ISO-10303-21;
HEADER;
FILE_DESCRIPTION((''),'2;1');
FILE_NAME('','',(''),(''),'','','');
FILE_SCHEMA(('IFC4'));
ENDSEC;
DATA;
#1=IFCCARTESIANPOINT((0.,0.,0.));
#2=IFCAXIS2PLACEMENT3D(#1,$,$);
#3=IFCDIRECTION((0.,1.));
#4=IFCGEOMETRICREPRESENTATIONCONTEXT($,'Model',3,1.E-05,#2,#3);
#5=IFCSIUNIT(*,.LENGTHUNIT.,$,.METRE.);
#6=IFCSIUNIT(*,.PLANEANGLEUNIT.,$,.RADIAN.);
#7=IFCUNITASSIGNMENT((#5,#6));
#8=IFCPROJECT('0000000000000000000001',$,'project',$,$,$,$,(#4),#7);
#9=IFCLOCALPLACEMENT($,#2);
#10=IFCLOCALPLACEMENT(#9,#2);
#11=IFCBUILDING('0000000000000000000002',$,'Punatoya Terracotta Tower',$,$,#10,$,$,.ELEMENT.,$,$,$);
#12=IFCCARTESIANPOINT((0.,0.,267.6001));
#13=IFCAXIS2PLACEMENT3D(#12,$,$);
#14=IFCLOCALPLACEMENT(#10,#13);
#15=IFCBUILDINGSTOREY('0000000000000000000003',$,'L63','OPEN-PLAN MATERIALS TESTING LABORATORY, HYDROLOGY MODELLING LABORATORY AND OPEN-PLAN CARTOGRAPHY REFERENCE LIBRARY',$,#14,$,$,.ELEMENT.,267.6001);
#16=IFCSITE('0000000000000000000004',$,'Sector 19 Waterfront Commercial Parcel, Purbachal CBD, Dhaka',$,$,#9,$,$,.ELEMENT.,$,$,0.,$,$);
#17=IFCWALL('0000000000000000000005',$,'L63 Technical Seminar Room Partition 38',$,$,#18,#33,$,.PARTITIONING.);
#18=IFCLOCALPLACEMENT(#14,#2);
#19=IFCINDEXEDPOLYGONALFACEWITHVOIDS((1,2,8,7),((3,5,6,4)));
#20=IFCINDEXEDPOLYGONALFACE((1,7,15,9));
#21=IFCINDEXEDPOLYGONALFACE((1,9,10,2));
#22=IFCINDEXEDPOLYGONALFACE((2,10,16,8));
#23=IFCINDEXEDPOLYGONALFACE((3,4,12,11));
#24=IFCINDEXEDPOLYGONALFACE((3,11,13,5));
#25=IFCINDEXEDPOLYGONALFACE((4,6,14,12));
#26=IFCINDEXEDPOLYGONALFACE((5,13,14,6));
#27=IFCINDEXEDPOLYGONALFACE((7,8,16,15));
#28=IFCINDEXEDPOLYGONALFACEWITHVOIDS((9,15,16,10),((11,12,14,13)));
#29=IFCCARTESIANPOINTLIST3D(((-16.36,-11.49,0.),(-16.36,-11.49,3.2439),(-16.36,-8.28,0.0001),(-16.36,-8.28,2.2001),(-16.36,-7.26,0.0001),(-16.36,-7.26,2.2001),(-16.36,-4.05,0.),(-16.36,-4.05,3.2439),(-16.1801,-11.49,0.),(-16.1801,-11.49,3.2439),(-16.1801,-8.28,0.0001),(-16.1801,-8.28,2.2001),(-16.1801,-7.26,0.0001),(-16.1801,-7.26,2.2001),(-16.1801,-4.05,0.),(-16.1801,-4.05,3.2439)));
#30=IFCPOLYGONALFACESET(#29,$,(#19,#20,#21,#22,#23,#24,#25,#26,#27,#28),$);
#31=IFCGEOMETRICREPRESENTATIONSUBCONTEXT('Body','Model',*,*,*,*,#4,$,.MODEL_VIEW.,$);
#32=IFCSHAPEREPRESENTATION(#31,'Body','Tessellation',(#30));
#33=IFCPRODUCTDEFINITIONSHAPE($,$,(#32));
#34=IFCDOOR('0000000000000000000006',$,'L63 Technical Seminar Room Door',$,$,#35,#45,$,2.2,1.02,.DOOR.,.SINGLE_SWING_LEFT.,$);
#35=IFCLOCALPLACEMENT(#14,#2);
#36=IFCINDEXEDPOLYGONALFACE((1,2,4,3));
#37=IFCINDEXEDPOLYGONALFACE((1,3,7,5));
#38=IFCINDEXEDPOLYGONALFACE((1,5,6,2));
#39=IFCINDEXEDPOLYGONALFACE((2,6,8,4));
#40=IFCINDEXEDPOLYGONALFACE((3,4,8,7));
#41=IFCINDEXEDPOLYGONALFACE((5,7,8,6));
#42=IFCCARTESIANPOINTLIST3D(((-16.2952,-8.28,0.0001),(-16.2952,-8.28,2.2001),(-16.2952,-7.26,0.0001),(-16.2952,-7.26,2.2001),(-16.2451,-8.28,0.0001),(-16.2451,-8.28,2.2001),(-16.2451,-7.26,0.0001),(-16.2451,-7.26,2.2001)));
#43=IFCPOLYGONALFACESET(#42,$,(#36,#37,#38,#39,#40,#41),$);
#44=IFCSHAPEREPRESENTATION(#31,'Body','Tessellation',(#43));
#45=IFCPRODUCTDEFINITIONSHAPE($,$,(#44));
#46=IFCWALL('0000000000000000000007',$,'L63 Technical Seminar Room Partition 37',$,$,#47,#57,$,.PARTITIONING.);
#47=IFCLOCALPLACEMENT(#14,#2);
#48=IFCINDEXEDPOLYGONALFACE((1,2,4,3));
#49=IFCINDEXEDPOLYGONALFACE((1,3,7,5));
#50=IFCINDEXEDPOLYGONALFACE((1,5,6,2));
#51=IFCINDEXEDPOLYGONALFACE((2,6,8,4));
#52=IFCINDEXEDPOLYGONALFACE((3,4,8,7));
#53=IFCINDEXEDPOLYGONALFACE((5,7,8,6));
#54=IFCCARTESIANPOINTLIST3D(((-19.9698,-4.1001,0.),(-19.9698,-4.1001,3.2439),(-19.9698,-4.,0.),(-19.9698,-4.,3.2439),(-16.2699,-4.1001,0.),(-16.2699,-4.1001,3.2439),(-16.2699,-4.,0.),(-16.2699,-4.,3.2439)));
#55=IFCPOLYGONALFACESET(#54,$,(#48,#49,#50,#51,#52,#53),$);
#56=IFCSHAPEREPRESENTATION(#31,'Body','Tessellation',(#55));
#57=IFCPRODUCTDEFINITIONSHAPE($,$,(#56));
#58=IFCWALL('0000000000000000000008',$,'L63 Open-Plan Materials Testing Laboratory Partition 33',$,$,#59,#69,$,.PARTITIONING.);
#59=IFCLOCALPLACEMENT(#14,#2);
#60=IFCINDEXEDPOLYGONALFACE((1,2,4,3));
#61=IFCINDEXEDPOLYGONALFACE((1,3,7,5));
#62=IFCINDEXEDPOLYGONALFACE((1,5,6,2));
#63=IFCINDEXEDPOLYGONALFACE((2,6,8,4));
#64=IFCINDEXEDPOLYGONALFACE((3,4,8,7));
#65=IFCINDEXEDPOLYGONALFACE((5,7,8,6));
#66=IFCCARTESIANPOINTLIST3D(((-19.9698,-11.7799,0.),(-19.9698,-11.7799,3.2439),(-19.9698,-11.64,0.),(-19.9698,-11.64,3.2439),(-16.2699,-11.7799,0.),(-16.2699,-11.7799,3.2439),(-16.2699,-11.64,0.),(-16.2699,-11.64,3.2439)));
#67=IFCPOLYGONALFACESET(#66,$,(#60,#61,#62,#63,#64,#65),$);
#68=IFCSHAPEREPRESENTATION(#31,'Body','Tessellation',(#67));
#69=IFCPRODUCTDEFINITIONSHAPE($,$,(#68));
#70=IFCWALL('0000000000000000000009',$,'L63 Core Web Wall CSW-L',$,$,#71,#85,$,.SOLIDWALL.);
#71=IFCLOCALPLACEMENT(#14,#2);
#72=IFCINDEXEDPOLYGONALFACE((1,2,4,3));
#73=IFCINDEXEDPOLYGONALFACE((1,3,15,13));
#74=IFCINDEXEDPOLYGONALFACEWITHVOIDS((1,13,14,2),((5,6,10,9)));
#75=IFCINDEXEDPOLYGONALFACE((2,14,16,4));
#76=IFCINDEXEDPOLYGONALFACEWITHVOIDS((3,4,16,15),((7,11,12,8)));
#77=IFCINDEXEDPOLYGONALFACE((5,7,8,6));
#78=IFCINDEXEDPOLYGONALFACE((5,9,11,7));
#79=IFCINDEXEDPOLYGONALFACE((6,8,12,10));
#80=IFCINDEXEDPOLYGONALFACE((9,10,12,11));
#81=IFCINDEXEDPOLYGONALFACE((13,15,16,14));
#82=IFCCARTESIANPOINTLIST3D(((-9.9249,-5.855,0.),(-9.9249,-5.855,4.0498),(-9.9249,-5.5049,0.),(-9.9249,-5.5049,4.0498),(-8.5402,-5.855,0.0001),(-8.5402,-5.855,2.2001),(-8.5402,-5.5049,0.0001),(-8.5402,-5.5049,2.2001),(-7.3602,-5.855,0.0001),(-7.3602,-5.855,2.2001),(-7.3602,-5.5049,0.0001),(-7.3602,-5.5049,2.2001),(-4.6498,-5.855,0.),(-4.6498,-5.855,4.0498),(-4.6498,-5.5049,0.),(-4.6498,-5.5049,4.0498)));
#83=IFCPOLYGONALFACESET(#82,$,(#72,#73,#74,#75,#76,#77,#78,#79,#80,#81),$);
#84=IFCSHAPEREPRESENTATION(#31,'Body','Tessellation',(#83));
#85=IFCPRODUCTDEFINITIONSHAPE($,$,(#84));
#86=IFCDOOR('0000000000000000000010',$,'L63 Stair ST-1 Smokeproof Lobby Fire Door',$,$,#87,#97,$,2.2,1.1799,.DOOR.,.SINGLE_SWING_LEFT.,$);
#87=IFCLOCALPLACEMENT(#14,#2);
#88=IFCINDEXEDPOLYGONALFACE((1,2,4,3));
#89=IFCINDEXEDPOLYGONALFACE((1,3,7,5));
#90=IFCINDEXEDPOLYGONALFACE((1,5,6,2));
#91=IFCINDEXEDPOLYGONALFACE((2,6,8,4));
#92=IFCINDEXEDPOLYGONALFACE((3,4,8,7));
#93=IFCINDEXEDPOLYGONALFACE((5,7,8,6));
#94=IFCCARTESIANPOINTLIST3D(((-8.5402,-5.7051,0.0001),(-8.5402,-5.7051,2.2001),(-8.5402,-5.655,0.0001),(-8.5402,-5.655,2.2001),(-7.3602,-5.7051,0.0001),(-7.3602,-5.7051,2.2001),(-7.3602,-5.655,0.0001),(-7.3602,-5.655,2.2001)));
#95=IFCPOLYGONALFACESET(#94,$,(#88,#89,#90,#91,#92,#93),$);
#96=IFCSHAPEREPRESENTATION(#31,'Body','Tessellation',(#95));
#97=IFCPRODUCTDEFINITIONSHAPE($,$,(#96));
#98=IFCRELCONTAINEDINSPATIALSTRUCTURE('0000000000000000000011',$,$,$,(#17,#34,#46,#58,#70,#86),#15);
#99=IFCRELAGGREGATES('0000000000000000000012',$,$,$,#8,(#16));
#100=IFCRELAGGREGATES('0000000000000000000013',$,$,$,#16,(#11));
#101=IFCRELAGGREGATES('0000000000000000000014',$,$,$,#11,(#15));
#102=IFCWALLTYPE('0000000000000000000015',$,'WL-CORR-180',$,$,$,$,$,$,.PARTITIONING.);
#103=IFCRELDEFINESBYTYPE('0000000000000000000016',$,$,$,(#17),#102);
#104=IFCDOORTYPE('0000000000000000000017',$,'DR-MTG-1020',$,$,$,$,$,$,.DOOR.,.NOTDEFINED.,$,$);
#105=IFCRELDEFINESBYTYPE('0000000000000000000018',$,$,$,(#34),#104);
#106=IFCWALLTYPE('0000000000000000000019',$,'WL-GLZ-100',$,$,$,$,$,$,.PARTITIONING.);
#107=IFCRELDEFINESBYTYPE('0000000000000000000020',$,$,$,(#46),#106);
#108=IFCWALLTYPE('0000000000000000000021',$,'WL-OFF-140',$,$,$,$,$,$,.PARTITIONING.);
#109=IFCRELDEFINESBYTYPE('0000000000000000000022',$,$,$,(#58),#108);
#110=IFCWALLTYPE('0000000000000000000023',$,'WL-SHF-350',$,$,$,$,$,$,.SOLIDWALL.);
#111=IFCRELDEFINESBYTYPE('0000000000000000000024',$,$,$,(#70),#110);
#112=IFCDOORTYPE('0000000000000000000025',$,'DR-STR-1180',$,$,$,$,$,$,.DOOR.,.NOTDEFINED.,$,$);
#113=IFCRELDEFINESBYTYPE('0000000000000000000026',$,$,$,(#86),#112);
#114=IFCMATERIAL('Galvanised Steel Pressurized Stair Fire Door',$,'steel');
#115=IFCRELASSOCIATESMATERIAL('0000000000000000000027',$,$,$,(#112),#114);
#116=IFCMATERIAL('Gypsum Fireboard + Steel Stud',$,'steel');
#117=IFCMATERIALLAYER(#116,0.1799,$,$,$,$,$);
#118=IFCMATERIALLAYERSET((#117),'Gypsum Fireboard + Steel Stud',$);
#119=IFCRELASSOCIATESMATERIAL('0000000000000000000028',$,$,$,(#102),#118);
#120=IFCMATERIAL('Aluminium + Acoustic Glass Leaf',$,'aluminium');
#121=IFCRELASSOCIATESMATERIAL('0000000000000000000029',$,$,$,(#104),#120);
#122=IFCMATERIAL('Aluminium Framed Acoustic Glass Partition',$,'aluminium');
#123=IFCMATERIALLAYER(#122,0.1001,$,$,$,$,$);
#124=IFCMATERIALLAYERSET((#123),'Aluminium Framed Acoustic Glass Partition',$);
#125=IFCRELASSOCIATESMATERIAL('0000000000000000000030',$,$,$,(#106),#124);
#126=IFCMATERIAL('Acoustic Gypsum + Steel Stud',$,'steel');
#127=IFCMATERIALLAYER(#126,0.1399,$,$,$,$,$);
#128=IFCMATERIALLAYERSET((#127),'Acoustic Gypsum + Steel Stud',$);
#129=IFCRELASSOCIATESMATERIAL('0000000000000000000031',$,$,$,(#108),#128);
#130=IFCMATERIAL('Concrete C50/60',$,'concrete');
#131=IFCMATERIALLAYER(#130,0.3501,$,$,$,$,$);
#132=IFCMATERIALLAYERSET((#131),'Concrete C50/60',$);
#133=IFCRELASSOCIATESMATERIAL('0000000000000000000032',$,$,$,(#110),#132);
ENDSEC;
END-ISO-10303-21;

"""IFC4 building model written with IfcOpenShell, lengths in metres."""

from ifc_helpers import new_model, si_unit, direction, frame, frame_2d, origin, place, context, subcontext, project, spatial, rectangle, extrude, material, layer, layer_set, type_object, element, fill, save


model = new_model("IFC4")

# Units and contexts
model_context = context("Model", 3, precision=1e-05, world=origin(), true_north=direction((0.0, 1.0)))
body_context = subcontext(model_context, "Body", "Model", "MODEL_VIEW")
ifc_project = project(units=[si_unit("LENGTHUNIT", "METRE"), si_unit("PLANEANGLEUNIT", "RADIAN")], contexts=[model_context])

# Site, building, storey
site_placement = place(None, origin())
site = spatial("IfcSite", under=ifc_project, at=site_placement, Name="Sector 19 Waterfront Commercial Parcel, Purbachal CBD, Dhaka", CompositionType="ELEMENT", RefElevation=0.0)
building_placement = place(site_placement, origin())
building = spatial("IfcBuilding", under=site, at=building_placement, Name="Punatoya Terracotta Tower", CompositionType="ELEMENT")
storey_placement = place(building_placement, frame((0.0, 0.0, 267.6001)))
storey = spatial("IfcBuildingStorey", under=building, at=storey_placement, Name="L63", Description="OPEN-PLAN MATERIALS TESTING LABORATORY, HYDROLOGY MODELLING LABORATORY AND OPEN-PLAN CARTOGRAPHY REFERENCE LIBRARY", CompositionType="ELEMENT", Elevation=267.6001)

# Wall, opening, door
ifc_material_1 = material(Name="Concrete C50/60", Category="concrete")
ifc_material_2 = material(Name="Galvanised Steel Pressurized Stair Fire Door", Category="steel")
door_type_1 = type_object("IfcDoorType", Name="DR-STR-1180", OperationType="NOTDEFINED", PredefinedType="DOOR", material=ifc_material_2)
ifc_material_3 = material(Name="Gypsum Fireboard + Steel Stud", Category="steel")
ifc_layer_1 = layer(ifc_material_3, 0.1799)
ifc_layer_set_1 = layer_set([ifc_layer_1], Name="Gypsum Fireboard + Steel Stud")
wall_type_1 = type_object("IfcWallType", Name="WL-CORR-180", PredefinedType="PARTITIONING", material=ifc_layer_set_1)
wall_1_placement = place(storey_placement, frame((-16.27, -4.05, 0.0), z_axis=(0.0, 0.0, 1.0), x_axis=(0.0, -1.0, 0.0)))
wall_1 = element("IfcWall", 1, at=wall_1_placement, inside=storey, type_object=wall_type_1, Name="L63 Technical Seminar Room Partition 38", PredefinedType="PARTITIONING", context=body_context, shape_type="SweptSolid", body=[
    extrude(rectangle(XDim=7.4399, YDim=0.1799, at=frame_2d((3.72, 0.0))), origin(), (0.0, 0.0, 1.0), 3.2439),
])
opening_1_placement = place(wall_1_placement, frame((3.21, 0.0, 0.0)))
opening_1 = element("IfcOpeningElement", 2, at=opening_1_placement, cuts=wall_1, PredefinedType="OPENING", context=body_context, shape_type="SweptSolid", body=[
    extrude(rectangle(XDim=1.02, YDim=2.2, at=frame_2d((0.51, 1.1001))), frame((0.0, 0.0999, 0.0), z_axis=(0.0, -1.0, 0.0), x_axis=(1.0, 0.0, 0.0)), (0.0, 0.0, 1.0), 0.2),
])
ifc_material_4 = material(Name="Aluminium + Acoustic Glass Leaf", Category="aluminium")
door_type_2 = type_object("IfcDoorType", Name="DR-MTG-1020", OperationType="NOTDEFINED", PredefinedType="DOOR", material=ifc_material_4)
door_1_placement = place(opening_1_placement, origin())
door_1 = element("IfcDoor", 3, at=door_1_placement, inside=storey, type_object=door_type_2, Name="L63 Technical Seminar Room Door", OperationType="SINGLE_SWING_LEFT", OverallHeight=2.2, OverallWidth=1.02, PredefinedType="DOOR", context=body_context, shape_type="SweptSolid", body=[
    extrude(rectangle(XDim=1.02, YDim=2.2, at=frame_2d((0.51, 1.1001))), frame((0.0, 0.0249, 0.0), z_axis=(0.0, -1.0, 0.0), x_axis=(1.0, 0.0, 0.0)), (0.0, 0.0, 1.0), 0.05),
])
fill(opening_1, door_1)

# Walls
ifc_material_5 = material(Name="Aluminium Framed Acoustic Glass Partition", Category="aluminium")
ifc_layer_2 = layer(ifc_material_5, 0.1001)
ifc_layer_set_2 = layer_set([ifc_layer_2], Name="Aluminium Framed Acoustic Glass Partition")
wall_type_2 = type_object("IfcWallType", Name="WL-GLZ-100", PredefinedType="PARTITIONING", material=ifc_layer_set_2)
wall_2_placement = place(storey_placement, frame((-19.97, -4.05, 0.0), z_axis=(0.0, 0.0, 1.0), x_axis=(1.0, 0.0, 0.0)))
element("IfcWall", 4, at=wall_2_placement, inside=storey, type_object=wall_type_2, Name="L63 Technical Seminar Room Partition 37", PredefinedType="PARTITIONING", context=body_context, shape_type="SweptSolid", body=[
    extrude(rectangle(XDim=3.7, YDim=0.1001, at=frame_2d((1.8501, 0.0))), origin(), (0.0, 0.0, 1.0), 3.2439),
])
ifc_material_6 = material(Name="Acoustic Gypsum + Steel Stud", Category="steel")
ifc_layer_3 = layer(ifc_material_6, 0.1399)
ifc_layer_set_3 = layer_set([ifc_layer_3], Name="Acoustic Gypsum + Steel Stud")
wall_type_3 = type_object("IfcWallType", Name="WL-OFF-140", PredefinedType="PARTITIONING", material=ifc_layer_set_3)
wall_3_placement = place(storey_placement, frame((-19.97, -11.71, 0.0), z_axis=(0.0, 0.0, 1.0), x_axis=(1.0, 0.0, 0.0)))
element("IfcWall", 5, at=wall_3_placement, inside=storey, type_object=wall_type_3, Name="L63 Open-Plan Materials Testing Laboratory Partition 33", PredefinedType="PARTITIONING", context=body_context, shape_type="SweptSolid", body=[
    extrude(rectangle(XDim=3.7, YDim=0.1399, at=frame_2d((1.8501, 0.0))), origin(), (0.0, 0.0, 1.0), 3.2439),
])

# Wall, opening, door
ifc_layer_4 = layer(ifc_material_1, 0.3501)
ifc_layer_set_4 = layer_set([ifc_layer_4], Name="Concrete C50/60")
wall_type_4 = type_object("IfcWallType", Name="WL-SHF-350", PredefinedType="SOLIDWALL", material=ifc_layer_set_4)
wall_4_placement = place(storey_placement, frame((-9.925, -5.6799, 0.0), z_axis=(0.0, 0.0, 1.0), x_axis=(1.0, 0.0, 0.0)))
wall_4 = element("IfcWall", 6, at=wall_4_placement, inside=storey, type_object=wall_type_4, Name="L63 Core Web Wall CSW-L", PredefinedType="SOLIDWALL", context=body_context, shape_type="SweptSolid", body=[
    extrude(rectangle(XDim=5.2751, YDim=0.3501, at=frame_2d((2.6377, 0.0))), origin(), (0.0, 0.0, 1.0), 4.0498),
])
opening_2_placement = place(wall_4_placement, frame((1.385, 0.0, 0.0)))
opening_2 = element("IfcOpeningElement", 7, at=opening_2_placement, cuts=wall_4, PredefinedType="OPENING", context=body_context, shape_type="SweptSolid", body=[
    extrude(rectangle(XDim=1.1799, YDim=2.2, at=frame_2d((0.5898, 1.1001))), frame((0.0, 0.1851, 0.0), z_axis=(0.0, -1.0, 0.0), x_axis=(1.0, 0.0, 0.0)), (0.0, 0.0, 1.0), 0.3701),
])
door_2_placement = place(opening_2_placement, origin())
door_2 = element("IfcDoor", 8, at=door_2_placement, inside=storey, type_object=door_type_1, Name="L63 Stair ST-1 Smokeproof Lobby Fire Door", OperationType="SINGLE_SWING_LEFT", OverallHeight=2.2, OverallWidth=1.1799, PredefinedType="DOOR", context=body_context, shape_type="SweptSolid", body=[
    extrude(rectangle(XDim=1.1799, YDim=2.2, at=frame_2d((0.5898, 1.1001))), frame((0.0, 0.0249, 0.0), z_axis=(0.0, -1.0, 0.0), x_axis=(1.0, 0.0, 0.0)), (0.0, 0.0, 1.0), 0.05),
])
fill(opening_2, door_2)

save(model, "model.ifc")
